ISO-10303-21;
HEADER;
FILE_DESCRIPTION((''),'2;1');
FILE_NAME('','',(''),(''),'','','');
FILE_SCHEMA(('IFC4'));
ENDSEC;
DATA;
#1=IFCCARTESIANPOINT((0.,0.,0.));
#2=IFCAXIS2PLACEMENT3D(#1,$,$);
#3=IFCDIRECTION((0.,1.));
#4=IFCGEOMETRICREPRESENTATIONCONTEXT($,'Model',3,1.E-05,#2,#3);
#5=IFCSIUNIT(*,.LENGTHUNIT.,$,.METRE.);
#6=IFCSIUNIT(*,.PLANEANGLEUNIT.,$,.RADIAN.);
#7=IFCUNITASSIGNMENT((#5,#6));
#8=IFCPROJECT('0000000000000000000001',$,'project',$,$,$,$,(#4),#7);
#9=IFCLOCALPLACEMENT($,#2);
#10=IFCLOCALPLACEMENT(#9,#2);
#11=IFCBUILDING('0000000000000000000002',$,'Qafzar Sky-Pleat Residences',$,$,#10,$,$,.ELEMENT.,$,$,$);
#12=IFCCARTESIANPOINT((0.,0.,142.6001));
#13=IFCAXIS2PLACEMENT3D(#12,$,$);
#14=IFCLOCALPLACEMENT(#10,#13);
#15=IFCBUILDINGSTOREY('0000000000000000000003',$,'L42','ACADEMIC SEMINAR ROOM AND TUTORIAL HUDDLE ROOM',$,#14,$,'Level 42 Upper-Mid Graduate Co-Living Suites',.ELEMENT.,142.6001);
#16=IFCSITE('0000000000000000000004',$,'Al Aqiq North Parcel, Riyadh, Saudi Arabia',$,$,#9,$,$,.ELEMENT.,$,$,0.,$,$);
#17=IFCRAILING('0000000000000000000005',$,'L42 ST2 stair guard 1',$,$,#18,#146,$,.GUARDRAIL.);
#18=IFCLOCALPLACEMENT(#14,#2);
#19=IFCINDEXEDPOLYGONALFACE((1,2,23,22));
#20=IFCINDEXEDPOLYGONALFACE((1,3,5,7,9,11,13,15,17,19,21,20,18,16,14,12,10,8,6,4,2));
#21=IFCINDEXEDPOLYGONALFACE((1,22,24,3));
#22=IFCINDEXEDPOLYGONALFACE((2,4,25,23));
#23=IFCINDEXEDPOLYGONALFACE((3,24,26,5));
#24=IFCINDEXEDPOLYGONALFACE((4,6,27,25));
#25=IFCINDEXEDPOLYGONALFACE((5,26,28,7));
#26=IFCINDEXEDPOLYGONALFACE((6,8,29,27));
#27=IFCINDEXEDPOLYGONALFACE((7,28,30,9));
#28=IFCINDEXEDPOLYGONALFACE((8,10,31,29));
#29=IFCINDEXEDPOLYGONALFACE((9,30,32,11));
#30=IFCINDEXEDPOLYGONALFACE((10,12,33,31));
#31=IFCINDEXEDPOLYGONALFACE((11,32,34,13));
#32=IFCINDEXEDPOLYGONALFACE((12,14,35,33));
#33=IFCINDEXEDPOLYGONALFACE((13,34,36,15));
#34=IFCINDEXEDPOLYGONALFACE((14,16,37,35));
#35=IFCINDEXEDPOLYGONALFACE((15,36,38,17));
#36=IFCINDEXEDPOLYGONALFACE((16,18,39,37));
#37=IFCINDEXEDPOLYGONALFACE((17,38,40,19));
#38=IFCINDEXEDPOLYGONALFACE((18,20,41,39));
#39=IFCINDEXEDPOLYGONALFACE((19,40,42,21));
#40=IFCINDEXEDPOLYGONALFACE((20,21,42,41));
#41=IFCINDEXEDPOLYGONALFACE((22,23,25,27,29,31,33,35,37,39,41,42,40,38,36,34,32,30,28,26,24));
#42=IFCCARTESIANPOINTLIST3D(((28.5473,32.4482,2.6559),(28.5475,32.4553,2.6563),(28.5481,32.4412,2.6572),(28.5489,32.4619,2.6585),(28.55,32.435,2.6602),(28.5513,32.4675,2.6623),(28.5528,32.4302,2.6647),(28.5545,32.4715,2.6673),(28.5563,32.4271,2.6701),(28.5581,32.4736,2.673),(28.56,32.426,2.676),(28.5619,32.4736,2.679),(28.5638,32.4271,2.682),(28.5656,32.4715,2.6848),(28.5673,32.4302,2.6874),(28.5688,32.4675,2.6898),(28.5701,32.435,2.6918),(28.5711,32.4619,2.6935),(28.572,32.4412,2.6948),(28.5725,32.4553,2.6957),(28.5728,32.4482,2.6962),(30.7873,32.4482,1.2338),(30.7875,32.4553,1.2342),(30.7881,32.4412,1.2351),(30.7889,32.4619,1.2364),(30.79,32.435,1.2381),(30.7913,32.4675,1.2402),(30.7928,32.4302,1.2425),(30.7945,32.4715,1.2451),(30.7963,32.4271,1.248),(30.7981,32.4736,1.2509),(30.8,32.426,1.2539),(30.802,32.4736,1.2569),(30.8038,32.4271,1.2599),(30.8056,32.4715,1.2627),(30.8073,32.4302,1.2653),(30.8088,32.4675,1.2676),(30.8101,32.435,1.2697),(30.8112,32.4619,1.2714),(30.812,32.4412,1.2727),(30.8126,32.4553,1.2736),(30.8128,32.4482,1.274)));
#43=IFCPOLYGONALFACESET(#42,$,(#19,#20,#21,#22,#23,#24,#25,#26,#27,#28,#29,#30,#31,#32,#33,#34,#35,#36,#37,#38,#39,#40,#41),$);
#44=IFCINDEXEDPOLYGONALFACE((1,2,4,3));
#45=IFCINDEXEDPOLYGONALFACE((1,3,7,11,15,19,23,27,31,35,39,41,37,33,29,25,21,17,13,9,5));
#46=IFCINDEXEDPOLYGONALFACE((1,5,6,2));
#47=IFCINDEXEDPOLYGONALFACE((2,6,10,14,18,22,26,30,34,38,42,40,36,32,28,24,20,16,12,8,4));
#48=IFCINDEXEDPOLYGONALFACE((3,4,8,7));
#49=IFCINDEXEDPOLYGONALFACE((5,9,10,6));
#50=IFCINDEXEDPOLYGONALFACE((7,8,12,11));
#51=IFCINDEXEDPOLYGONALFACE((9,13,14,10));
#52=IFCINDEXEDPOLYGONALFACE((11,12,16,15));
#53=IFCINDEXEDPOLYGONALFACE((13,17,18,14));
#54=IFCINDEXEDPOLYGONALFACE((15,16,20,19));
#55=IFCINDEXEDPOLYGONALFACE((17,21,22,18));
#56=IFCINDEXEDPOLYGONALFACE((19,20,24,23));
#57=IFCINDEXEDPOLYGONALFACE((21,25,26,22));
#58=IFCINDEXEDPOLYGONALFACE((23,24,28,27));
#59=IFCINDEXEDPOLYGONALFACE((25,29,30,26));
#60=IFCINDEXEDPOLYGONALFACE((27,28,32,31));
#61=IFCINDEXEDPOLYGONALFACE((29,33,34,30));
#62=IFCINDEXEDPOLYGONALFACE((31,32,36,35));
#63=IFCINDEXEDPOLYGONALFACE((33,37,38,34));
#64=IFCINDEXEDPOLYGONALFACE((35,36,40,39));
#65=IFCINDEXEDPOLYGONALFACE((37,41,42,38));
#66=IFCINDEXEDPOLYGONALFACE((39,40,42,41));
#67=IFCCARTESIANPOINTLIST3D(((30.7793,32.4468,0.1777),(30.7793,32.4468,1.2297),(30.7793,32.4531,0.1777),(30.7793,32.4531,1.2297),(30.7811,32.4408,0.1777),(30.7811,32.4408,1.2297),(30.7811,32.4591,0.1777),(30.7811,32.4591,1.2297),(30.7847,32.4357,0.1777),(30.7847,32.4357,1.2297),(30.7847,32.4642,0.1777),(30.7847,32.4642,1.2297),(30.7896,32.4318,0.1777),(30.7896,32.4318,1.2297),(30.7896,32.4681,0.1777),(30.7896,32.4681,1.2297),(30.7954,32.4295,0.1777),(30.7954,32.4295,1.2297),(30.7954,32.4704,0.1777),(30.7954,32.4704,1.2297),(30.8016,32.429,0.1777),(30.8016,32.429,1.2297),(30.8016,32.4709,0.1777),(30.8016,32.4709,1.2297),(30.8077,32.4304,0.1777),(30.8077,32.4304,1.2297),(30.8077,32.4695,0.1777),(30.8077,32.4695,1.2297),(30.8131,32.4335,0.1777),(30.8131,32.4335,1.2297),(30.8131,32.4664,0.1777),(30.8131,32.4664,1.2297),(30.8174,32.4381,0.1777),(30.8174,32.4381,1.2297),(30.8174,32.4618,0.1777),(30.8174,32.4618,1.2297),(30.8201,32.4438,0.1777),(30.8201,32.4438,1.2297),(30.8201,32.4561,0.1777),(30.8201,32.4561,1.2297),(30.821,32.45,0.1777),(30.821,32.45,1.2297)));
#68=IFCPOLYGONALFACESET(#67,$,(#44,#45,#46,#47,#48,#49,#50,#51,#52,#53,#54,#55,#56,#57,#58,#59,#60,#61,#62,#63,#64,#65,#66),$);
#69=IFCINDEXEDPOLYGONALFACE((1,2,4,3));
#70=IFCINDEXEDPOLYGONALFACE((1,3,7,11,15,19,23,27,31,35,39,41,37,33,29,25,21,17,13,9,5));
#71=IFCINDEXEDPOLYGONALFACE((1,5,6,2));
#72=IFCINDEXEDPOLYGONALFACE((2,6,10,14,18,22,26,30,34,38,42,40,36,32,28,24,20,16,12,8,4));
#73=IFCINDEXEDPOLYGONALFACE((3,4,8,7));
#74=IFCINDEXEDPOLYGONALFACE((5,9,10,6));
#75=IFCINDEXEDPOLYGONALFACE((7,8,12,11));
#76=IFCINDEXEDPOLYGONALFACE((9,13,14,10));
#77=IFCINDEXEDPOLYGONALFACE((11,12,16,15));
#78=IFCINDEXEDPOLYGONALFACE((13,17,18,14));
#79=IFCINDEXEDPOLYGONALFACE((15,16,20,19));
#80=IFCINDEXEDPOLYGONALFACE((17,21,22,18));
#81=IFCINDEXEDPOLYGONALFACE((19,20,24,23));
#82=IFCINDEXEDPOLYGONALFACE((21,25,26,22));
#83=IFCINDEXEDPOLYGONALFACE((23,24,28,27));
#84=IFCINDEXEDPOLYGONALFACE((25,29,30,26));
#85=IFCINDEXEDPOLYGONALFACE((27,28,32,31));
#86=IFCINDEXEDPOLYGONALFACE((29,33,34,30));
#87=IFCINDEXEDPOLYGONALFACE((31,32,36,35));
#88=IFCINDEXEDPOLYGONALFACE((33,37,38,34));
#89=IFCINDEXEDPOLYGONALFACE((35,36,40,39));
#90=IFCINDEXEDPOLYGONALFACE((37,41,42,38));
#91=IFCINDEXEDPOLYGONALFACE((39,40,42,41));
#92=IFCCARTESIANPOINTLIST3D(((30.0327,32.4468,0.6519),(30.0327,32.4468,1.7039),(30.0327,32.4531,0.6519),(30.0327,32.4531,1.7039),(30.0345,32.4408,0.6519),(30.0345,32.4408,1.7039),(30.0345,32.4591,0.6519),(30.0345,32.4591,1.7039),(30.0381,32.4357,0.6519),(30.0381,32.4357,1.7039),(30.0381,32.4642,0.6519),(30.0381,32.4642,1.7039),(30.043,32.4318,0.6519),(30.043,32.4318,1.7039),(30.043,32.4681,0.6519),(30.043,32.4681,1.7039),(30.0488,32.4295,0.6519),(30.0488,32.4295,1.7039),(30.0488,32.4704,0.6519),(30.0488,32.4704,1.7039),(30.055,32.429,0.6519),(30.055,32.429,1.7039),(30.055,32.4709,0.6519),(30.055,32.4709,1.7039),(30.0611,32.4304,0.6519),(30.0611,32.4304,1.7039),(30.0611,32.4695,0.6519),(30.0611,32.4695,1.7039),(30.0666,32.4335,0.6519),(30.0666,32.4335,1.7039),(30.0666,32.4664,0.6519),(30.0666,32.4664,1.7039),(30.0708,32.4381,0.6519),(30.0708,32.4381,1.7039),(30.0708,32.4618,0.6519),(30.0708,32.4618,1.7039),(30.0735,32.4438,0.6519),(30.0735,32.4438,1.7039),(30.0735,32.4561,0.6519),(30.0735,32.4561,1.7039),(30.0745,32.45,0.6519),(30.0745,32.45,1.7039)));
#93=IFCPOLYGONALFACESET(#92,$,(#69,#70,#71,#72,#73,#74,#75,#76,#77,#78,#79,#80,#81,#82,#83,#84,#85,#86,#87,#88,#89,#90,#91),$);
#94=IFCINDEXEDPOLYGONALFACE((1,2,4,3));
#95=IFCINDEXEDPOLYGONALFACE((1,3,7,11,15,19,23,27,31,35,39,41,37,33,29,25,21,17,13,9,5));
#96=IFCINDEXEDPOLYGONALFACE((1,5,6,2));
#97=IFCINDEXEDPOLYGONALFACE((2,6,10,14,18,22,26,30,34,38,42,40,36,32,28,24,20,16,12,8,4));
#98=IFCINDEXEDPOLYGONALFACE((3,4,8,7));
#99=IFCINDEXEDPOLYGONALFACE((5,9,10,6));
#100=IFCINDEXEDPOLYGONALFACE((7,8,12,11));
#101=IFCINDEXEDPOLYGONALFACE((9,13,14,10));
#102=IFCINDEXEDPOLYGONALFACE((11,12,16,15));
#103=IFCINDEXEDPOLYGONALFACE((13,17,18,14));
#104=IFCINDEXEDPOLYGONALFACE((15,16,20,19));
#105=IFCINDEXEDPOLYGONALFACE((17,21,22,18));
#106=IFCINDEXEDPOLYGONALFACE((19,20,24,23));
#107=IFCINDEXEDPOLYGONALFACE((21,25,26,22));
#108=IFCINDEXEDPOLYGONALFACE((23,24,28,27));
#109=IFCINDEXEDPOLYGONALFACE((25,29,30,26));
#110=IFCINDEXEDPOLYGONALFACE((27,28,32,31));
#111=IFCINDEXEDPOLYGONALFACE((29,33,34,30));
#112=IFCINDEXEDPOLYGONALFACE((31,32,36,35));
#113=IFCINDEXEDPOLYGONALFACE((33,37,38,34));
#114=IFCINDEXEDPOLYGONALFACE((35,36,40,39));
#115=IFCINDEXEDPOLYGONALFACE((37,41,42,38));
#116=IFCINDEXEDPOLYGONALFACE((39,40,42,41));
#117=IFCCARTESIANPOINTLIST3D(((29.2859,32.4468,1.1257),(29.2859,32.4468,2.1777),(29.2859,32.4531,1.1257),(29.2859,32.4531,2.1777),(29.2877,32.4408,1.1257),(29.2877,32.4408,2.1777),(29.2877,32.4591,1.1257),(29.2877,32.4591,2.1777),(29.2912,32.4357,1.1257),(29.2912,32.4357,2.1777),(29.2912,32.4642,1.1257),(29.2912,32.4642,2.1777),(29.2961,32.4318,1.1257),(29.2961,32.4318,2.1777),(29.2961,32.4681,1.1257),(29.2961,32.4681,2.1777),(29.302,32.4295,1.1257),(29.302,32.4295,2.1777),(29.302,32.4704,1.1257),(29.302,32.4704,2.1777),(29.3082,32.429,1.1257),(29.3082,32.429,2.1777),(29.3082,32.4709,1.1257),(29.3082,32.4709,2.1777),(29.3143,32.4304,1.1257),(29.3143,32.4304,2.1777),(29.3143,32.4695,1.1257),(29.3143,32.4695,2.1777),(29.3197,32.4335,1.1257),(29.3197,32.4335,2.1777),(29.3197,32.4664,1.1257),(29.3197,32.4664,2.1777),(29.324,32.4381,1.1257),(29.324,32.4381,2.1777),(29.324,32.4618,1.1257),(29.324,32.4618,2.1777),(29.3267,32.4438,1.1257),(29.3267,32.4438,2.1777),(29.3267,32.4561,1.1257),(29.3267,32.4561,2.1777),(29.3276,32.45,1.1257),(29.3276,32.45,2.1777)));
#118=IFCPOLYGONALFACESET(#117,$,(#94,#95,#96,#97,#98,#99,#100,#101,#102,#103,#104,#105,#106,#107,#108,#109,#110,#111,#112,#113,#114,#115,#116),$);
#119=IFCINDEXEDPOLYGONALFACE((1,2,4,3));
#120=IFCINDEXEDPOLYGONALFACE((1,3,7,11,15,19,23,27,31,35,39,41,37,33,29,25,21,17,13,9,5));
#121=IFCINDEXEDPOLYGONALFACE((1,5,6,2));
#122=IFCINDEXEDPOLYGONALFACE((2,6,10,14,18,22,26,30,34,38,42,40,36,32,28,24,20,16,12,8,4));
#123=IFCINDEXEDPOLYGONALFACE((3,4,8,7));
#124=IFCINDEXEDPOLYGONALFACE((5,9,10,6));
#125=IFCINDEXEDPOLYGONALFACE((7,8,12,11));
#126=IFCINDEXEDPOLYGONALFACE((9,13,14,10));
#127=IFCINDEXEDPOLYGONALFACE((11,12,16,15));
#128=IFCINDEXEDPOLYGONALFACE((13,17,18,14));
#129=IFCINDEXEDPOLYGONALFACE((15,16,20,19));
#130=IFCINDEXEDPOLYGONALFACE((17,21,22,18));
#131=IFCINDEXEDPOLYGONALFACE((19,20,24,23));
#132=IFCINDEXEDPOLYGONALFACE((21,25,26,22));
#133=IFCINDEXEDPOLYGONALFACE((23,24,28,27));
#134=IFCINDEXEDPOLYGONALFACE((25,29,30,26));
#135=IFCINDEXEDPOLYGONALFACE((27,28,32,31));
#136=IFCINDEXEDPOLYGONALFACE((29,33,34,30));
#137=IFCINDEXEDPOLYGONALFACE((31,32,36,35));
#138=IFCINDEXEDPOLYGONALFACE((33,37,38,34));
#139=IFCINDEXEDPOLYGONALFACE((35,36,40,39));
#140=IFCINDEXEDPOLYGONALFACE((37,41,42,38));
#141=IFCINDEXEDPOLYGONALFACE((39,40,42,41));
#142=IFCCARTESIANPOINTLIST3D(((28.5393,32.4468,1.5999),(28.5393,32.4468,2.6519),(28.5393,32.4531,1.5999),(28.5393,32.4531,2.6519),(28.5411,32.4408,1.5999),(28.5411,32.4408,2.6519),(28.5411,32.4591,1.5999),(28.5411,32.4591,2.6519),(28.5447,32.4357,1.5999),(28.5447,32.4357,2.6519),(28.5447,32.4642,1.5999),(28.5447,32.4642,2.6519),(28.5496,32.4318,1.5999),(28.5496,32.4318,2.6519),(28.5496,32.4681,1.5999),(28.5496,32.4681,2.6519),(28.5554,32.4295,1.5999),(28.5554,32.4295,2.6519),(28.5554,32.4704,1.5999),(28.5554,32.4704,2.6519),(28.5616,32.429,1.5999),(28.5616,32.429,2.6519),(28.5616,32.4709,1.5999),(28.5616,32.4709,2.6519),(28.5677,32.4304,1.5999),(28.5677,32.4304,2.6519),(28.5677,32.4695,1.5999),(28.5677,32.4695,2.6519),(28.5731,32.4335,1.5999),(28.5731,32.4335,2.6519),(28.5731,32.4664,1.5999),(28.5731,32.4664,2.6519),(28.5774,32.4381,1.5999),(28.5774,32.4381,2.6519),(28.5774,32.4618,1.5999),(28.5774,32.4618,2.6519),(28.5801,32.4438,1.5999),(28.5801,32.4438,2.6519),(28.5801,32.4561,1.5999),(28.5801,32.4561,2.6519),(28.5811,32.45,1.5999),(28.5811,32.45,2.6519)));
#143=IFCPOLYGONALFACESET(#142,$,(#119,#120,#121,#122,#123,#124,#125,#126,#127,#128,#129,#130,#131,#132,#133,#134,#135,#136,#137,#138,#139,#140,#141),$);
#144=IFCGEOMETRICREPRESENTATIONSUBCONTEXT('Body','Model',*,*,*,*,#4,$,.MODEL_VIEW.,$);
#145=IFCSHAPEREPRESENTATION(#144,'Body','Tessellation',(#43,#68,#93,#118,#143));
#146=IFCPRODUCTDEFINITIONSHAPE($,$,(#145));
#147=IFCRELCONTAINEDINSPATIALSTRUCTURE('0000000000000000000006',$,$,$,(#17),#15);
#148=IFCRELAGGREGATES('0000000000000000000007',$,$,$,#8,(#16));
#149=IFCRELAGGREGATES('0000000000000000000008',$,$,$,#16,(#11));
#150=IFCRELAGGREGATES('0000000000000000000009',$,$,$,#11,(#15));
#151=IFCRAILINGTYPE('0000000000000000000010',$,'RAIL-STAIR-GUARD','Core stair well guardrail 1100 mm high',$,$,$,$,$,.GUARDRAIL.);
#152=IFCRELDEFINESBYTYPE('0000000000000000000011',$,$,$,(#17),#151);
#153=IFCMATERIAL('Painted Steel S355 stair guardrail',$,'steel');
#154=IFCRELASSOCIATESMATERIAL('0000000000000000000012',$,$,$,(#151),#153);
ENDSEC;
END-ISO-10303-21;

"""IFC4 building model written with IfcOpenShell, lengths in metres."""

from ifc_helpers import new_model, si_unit, direction, frame, origin, origin_2d, place, context, subcontext, project, spatial, circle, extrude, source, transform, mapped, material, type_object, element, save


model = new_model("IFC4")

# Units and contexts
model_context = context("Model", 3, precision=1e-05, world=origin(), true_north=direction((0.0, 1.0)))
body_context = subcontext(model_context, "Body", "Model", "MODEL_VIEW")
ifc_project = project(units=[si_unit("LENGTHUNIT", "METRE"), si_unit("PLANEANGLEUNIT", "RADIAN")], contexts=[model_context])

# Site, building, storey
site_placement = place(None, origin())
site = spatial("IfcSite", under=ifc_project, at=site_placement, Name="Al Aqiq North Parcel, Riyadh, Saudi Arabia", CompositionType="ELEMENT", RefElevation=0.0)
building_placement = place(site_placement, origin())
building = spatial("IfcBuilding", under=site, at=building_placement, Name="Qafzar Sky-Pleat Residences", CompositionType="ELEMENT")
storey_placement = place(building_placement, frame((0.0, 0.0, 142.6001)))
storey = spatial("IfcBuildingStorey", under=building, at=storey_placement, Name="L42", Description="ACADEMIC SEMINAR ROOM AND TUTORIAL HUDDLE ROOM", LongName="Level 42 Upper-Mid Graduate Co-Living Suites", CompositionType="ELEMENT", Elevation=142.6001)

# Railing
ifc_material_1 = material(Name="Painted Steel S355 stair guardrail", Category="steel")
railing_type_1 = type_object("IfcRailingType", Name="RAIL-STAIR-GUARD", Description="Core stair well guardrail 1100 mm high", PredefinedType="GUARDRAIL", material=ifc_material_1)
shared_shape_1 = source(origin(), body_context, "Body", "SweptSolid", [
    extrude(circle(Radius=0.0239, at=origin_2d()), frame((0.0, 0.0, 1.0762), z_axis=(-0.844229, 0.0, 0.535982), x_axis=(0.0, -1.0, 0.0)), (0.0, 0.0, 1.0), 2.6533),
    extrude(circle(Radius=0.021, at=origin_2d()), origin(), (0.0, 0.0, 1.0), 1.052),
    extrude(circle(Radius=0.021, at=origin_2d()), frame((-0.7466, 0.0, 0.4741)), (0.0, 0.0, 1.0), 1.052),
    extrude(circle(Radius=0.021, at=origin_2d()), frame((-1.4934, 0.0, 0.948)), (0.0, 0.0, 1.0), 1.052),
    extrude(circle(Radius=0.021, at=origin_2d()), frame((-2.24, 0.0, 1.4221)), (0.0, 0.0, 1.0), 1.052),
])
railing_1_placement = place(storey_placement, frame((30.8, 32.45, 0.1777)))
element("IfcRailing", 1, at=railing_1_placement, inside=storey, type_object=railing_type_1, Name="L42 ST2 stair guard 1", PredefinedType="GUARDRAIL", context=body_context, shape_type="MappedRepresentation", body=[
    mapped(shared_shape_1, transform((0.0, 0.0, 0.0), x_axis=(1.0, 0.0, 0.0), y_axis=(0.0, 1.0, 0.0), z_axis=(0.0, 0.0, 1.0), scale=1.0)),
])

save(model, "model.ifc")
